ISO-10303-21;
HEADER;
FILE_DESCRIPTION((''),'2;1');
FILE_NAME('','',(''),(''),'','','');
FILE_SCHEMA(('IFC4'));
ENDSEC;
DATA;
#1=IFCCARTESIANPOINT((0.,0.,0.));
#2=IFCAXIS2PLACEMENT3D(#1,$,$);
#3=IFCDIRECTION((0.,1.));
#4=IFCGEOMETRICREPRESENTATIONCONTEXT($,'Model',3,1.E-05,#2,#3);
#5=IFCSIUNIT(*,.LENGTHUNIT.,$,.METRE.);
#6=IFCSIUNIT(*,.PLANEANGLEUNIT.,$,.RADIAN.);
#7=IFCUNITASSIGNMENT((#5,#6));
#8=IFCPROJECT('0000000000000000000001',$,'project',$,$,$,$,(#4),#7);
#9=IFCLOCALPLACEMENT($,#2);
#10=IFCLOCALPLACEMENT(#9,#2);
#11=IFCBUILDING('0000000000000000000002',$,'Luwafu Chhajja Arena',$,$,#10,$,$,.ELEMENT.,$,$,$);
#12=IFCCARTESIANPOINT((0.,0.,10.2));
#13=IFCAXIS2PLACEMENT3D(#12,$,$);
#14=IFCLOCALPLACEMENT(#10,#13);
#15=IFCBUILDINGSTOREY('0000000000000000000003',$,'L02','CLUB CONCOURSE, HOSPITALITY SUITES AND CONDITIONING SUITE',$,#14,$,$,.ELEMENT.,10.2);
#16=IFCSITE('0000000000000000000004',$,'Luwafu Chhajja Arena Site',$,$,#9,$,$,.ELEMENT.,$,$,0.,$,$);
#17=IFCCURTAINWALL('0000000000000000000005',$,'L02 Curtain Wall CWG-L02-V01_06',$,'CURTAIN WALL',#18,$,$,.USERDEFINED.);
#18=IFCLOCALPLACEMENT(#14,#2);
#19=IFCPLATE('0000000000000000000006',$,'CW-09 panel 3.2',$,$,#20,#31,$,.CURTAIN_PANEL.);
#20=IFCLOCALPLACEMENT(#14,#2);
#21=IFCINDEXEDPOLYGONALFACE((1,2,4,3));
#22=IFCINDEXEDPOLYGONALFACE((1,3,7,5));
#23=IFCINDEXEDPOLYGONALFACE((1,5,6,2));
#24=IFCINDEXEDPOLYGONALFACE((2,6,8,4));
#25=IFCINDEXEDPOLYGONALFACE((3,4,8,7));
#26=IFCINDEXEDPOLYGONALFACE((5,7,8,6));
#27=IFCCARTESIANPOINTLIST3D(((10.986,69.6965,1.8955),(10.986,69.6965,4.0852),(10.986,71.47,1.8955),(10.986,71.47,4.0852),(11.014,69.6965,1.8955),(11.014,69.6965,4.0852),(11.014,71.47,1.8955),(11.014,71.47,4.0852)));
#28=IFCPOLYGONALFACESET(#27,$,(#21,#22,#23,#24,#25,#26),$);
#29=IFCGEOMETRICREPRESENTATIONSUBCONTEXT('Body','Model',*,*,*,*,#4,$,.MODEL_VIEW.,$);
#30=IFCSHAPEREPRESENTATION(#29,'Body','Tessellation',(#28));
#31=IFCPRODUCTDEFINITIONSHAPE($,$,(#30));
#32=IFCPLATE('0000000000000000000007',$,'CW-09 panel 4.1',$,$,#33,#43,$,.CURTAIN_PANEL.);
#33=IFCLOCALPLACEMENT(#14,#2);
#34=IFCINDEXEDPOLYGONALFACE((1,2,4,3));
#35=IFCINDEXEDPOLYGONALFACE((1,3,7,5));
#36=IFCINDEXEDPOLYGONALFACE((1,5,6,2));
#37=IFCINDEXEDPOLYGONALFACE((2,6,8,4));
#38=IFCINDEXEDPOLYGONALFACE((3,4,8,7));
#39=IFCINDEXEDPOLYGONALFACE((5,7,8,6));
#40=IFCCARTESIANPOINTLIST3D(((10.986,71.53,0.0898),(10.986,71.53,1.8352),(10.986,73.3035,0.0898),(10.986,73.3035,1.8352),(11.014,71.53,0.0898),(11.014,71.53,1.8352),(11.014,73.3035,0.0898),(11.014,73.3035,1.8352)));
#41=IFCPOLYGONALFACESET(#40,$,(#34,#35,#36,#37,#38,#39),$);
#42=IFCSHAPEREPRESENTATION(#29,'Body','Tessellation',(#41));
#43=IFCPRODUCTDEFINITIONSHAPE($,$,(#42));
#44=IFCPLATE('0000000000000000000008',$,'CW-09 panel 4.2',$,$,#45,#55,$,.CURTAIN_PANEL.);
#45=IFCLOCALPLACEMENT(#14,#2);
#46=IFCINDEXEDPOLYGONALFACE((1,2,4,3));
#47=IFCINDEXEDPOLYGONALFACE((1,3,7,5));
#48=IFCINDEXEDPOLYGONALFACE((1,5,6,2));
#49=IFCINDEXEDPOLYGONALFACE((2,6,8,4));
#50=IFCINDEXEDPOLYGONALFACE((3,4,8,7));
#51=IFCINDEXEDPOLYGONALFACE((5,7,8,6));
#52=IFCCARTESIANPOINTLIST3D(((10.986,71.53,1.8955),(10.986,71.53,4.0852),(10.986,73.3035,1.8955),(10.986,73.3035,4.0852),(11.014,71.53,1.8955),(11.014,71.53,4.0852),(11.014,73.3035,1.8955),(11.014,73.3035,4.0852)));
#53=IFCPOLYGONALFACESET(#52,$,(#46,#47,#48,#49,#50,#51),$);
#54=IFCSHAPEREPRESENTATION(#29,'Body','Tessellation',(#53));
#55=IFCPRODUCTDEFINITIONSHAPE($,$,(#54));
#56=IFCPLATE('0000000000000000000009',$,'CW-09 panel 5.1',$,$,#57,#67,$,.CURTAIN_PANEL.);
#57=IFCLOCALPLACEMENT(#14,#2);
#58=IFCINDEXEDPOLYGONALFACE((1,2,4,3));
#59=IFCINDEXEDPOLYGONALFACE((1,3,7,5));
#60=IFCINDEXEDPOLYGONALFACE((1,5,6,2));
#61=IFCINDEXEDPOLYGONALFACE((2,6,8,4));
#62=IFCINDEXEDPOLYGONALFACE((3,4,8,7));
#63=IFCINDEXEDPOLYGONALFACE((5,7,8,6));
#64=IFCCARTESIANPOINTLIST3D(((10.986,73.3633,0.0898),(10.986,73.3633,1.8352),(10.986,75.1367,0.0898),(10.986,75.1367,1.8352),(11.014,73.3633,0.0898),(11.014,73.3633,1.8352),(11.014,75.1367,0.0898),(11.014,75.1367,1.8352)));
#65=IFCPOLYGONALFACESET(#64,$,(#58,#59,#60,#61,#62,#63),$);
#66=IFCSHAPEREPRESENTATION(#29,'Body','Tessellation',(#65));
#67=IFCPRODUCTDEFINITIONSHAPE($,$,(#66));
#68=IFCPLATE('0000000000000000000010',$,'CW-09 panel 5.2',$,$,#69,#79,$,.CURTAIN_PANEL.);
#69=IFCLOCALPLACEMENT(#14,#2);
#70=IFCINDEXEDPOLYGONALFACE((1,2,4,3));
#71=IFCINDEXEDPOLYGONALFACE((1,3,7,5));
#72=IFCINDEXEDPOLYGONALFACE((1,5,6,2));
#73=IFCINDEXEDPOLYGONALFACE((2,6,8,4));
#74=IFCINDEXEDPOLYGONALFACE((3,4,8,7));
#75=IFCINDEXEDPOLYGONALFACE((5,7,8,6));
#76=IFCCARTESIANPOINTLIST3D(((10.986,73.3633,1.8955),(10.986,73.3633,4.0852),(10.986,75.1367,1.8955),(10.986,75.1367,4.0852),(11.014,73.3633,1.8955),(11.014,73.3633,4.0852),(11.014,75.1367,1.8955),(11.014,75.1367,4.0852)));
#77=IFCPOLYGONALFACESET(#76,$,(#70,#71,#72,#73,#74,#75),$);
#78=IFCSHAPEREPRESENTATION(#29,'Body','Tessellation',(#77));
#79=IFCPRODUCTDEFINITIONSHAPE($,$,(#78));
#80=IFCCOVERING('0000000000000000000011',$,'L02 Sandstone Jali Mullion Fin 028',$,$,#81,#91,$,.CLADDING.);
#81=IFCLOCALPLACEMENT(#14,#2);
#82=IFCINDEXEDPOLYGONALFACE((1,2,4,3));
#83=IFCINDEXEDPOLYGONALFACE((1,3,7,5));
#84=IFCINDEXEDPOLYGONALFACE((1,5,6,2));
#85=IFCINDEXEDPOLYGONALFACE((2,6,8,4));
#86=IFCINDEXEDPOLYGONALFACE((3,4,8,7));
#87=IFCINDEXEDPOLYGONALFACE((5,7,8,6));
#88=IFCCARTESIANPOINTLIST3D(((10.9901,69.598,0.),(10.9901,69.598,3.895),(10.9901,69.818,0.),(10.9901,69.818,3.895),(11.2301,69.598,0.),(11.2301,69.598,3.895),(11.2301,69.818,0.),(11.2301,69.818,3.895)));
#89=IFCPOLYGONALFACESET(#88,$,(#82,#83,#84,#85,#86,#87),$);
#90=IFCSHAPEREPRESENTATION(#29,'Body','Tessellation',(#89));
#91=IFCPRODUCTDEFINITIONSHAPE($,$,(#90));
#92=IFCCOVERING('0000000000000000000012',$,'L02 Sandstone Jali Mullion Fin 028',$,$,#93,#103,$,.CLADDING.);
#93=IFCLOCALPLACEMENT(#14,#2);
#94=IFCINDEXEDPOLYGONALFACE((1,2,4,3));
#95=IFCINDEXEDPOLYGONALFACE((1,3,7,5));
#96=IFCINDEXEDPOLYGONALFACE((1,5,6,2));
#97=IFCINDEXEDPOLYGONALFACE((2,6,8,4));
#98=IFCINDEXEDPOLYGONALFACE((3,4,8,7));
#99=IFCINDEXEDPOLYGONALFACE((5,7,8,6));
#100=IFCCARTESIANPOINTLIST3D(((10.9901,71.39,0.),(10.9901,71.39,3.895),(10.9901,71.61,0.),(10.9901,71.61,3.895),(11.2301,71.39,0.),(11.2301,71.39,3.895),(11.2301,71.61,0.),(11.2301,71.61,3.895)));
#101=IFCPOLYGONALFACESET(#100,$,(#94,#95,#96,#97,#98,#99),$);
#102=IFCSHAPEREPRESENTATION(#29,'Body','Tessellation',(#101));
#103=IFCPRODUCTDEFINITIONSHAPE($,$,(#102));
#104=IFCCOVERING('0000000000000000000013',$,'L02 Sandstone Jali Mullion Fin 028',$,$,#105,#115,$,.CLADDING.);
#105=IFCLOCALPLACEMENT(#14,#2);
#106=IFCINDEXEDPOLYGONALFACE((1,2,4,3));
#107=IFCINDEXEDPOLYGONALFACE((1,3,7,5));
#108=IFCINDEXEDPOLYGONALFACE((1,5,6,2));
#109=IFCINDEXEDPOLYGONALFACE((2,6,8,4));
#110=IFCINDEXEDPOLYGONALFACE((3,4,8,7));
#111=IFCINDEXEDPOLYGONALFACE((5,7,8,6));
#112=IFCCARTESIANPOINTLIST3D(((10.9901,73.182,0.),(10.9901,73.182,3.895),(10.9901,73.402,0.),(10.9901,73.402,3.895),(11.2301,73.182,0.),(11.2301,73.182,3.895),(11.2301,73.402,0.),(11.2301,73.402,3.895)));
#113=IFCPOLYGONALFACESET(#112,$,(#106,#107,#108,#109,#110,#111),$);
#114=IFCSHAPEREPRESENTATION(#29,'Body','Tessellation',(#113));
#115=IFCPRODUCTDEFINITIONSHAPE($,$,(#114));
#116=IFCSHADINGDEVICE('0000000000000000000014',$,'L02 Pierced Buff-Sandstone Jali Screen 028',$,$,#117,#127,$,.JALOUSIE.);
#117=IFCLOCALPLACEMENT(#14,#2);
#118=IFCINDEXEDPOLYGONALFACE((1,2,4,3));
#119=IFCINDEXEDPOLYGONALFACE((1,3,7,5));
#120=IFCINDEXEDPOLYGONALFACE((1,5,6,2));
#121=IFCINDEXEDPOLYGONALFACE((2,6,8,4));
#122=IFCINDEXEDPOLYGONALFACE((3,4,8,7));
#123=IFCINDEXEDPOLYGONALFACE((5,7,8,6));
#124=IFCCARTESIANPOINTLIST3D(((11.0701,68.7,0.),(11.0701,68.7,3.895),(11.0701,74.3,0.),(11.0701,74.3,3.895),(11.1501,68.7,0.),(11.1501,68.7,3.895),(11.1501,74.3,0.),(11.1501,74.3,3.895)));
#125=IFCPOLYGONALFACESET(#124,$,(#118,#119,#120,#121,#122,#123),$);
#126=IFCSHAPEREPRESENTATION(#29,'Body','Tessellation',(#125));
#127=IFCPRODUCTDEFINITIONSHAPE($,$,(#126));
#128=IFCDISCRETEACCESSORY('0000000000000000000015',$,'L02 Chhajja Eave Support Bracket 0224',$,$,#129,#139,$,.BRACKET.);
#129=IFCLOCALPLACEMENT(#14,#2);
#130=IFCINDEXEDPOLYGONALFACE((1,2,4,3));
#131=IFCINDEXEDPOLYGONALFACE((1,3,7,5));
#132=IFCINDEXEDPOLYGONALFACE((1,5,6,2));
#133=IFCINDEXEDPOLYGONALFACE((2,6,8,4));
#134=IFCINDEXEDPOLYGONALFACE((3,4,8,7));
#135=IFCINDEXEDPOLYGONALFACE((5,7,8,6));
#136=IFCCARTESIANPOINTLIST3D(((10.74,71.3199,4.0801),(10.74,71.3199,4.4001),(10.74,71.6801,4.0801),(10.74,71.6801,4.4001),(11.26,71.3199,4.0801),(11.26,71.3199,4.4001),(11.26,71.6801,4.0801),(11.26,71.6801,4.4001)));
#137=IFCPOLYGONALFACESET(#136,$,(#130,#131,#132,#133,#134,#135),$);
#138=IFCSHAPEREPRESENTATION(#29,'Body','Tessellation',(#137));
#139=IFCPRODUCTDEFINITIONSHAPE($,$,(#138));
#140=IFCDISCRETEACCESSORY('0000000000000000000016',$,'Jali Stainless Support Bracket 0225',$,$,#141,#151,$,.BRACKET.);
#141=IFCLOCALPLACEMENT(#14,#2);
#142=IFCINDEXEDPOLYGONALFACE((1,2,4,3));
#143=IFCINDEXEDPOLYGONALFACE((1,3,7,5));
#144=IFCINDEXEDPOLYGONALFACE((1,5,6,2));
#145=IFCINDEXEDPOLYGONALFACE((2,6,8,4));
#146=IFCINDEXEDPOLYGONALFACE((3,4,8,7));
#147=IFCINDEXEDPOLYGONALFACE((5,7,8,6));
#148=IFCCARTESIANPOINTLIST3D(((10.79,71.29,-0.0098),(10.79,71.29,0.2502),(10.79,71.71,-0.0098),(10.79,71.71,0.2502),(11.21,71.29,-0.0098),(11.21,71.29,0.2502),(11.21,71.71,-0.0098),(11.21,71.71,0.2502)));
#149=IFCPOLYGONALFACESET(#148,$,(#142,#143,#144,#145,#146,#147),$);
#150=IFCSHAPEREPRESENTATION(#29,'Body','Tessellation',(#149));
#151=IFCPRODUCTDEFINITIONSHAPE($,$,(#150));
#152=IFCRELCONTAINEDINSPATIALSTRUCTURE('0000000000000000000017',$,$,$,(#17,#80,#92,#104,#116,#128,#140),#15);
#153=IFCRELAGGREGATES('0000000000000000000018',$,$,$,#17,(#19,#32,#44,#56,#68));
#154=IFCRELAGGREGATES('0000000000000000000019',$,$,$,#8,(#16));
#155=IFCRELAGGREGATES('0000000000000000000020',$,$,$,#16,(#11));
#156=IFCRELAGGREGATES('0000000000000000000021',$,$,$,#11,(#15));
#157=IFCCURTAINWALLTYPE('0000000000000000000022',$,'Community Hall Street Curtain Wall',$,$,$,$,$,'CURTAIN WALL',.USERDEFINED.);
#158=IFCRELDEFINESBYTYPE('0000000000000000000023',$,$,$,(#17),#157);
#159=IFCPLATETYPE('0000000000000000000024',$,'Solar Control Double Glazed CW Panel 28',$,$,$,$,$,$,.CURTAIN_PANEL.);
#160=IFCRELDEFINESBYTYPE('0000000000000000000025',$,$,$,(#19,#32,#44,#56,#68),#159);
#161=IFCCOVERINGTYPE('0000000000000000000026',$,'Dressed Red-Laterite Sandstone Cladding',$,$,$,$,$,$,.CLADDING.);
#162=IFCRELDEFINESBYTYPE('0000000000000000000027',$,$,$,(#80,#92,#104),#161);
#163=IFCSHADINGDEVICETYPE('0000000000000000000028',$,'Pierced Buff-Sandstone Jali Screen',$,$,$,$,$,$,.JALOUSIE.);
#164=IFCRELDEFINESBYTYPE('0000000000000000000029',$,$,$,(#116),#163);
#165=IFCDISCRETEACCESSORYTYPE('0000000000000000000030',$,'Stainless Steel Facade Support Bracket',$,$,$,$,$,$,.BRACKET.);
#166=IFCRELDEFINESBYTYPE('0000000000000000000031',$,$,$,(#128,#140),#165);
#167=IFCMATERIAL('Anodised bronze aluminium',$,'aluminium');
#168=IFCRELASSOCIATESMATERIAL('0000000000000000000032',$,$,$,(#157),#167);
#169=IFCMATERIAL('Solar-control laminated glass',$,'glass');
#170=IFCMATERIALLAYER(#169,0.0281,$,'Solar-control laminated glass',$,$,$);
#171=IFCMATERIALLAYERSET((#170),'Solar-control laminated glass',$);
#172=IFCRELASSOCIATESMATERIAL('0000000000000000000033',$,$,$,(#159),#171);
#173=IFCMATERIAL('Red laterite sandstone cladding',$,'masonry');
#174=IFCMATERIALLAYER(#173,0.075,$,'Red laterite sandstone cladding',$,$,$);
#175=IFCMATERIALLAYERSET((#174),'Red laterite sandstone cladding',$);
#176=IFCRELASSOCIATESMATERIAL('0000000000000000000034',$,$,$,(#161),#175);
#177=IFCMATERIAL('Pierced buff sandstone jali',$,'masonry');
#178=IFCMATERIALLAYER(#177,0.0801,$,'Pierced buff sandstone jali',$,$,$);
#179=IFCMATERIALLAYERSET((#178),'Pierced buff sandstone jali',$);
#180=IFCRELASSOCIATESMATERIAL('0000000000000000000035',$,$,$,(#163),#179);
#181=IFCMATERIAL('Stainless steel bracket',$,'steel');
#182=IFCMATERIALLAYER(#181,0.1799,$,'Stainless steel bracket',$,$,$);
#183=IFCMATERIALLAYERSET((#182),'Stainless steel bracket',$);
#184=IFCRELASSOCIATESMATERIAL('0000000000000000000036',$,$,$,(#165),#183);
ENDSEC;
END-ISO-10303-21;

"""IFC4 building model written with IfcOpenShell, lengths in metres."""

from ifc_helpers import new_model, si_unit, direction, frame, origin, origin_2d, place, context, subcontext, project, spatial, rectangle, extrude, material, layer, layer_set, type_object, element, aggregate, save


model = new_model("IFC4")

# Units and contexts
model_context = context("Model", 3, precision=1e-05, world=origin(), true_north=direction((0.0, 1.0)))
body_context = subcontext(model_context, "Body", "Model", "MODEL_VIEW")
ifc_project = project(units=[si_unit("LENGTHUNIT", "METRE"), si_unit("PLANEANGLEUNIT", "RADIAN")], contexts=[model_context])

# Site, building, storey
site_placement = place(None, origin())
site = spatial("IfcSite", under=ifc_project, at=site_placement, Name="Luwafu Chhajja Arena Site", CompositionType="ELEMENT", RefElevation=0.0)
building_placement = place(site_placement, origin())
building = spatial("IfcBuilding", under=site, at=building_placement, Name="Luwafu Chhajja Arena", CompositionType="ELEMENT")
storey_placement = place(building_placement, frame((0.0, 0.0, 10.2)))
storey = spatial("IfcBuildingStorey", under=building, at=storey_placement, Name="L02", Description="CLUB CONCOURSE, HOSPITALITY SUITES AND CONDITIONING SUITE", CompositionType="ELEMENT", Elevation=10.2)

# Curtain wall, plates
ifc_material_1 = material(Name="Anodised bronze aluminium", Category="aluminium")
curtain_wall_type = type_object("IfcCurtainWallType", Name="Community Hall Street Curtain Wall", ElementType="CURTAIN WALL", PredefinedType="USERDEFINED", material=ifc_material_1)
curtain_wall_placement = place(storey_placement, origin())
curtain_wall = element("IfcCurtainWall", 1, at=curtain_wall_placement, inside=storey, type_object=curtain_wall_type, Name="L02 Curtain Wall CWG-L02-V01_06", ObjectType="CURTAIN WALL", PredefinedType="USERDEFINED")
ifc_material_2 = material(Name="Solar-control laminated glass", Category="glass")
ifc_layer_1 = layer(ifc_material_2, 0.0281, Name="Solar-control laminated glass")
ifc_layer_set_1 = layer_set([ifc_layer_1], Name="Solar-control laminated glass")
plate_type = type_object("IfcPlateType", Name="Solar Control Double Glazed CW Panel 28", PredefinedType="CURTAIN_PANEL", material=ifc_layer_set_1)
plate_1_placement = place(storey_placement, frame((11.0, 70.5833, 1.8955), z_axis=(0.0, 0.0, 1.0), x_axis=(0.0, 1.0, 0.0)))
plate_1 = element("IfcPlate", 2, at=plate_1_placement, type_object=plate_type, Name="CW-09 panel 3.2", PredefinedType="CURTAIN_PANEL", context=body_context, shape_type="SweptSolid", body=[
    extrude(rectangle(XDim=1.7734, YDim=0.0281, at=origin_2d()), origin(), (0.0, 0.0, 1.0), 2.1897),
])
plate_2_placement = place(storey_placement, frame((11.0, 72.4167, 0.0898), z_axis=(0.0, 0.0, 1.0), x_axis=(0.0, 1.0, 0.0)))
plate_2 = element("IfcPlate", 3, at=plate_2_placement, type_object=plate_type, Name="CW-09 panel 4.1", PredefinedType="CURTAIN_PANEL", context=body_context, shape_type="SweptSolid", body=[
    extrude(rectangle(XDim=1.7734, YDim=0.0281, at=origin_2d()), origin(), (0.0, 0.0, 1.0), 1.7454),
])
plate_3_placement = place(storey_placement, frame((11.0, 72.4167, 1.8955), z_axis=(0.0, 0.0, 1.0), x_axis=(0.0, 1.0, 0.0)))
plate_3 = element("IfcPlate", 4, at=plate_3_placement, type_object=plate_type, Name="CW-09 panel 4.2", PredefinedType="CURTAIN_PANEL", context=body_context, shape_type="SweptSolid", body=[
    extrude(rectangle(XDim=1.7734, YDim=0.0281, at=origin_2d()), origin(), (0.0, 0.0, 1.0), 2.1897),
])
plate_4_placement = place(storey_placement, frame((11.0, 74.25, 0.0898), z_axis=(0.0, 0.0, 1.0), x_axis=(0.0, 1.0, 0.0)))
plate_4 = element("IfcPlate", 5, at=plate_4_placement, type_object=plate_type, Name="CW-09 panel 5.1", PredefinedType="CURTAIN_PANEL", context=body_context, shape_type="SweptSolid", body=[
    extrude(rectangle(XDim=1.7734, YDim=0.0281, at=origin_2d()), origin(), (0.0, 0.0, 1.0), 1.7454),
])
plate_5_placement = place(storey_placement, frame((11.0, 74.25, 1.8955), z_axis=(0.0, 0.0, 1.0), x_axis=(0.0, 1.0, 0.0)))
plate_5 = element("IfcPlate", 6, at=plate_5_placement, type_object=plate_type, Name="CW-09 panel 5.2", PredefinedType="CURTAIN_PANEL", context=body_context, shape_type="SweptSolid", body=[
    extrude(rectangle(XDim=1.7734, YDim=0.0281, at=origin_2d()), origin(), (0.0, 0.0, 1.0), 2.1897),
])
aggregate(curtain_wall, [plate_1, plate_2, plate_3, plate_4, plate_5])

# Coverings
ifc_material_3 = material(Name="Red laterite sandstone cladding", Category="masonry")
ifc_layer_2 = layer(ifc_material_3, 0.075, Name="Red laterite sandstone cladding")
ifc_layer_set_2 = layer_set([ifc_layer_2], Name="Red laterite sandstone cladding")
covering_type = type_object("IfcCoveringType", Name="Dressed Red-Laterite Sandstone Cladding", PredefinedType="CLADDING", material=ifc_layer_set_2)
for number, where, z_axis, x_axis, name in (
    (7, (11.1101, 69.708, 0.0), (0.0, 0.0, 1.0), (0.0, 1.0, 0.0), "L02 Sandstone Jali Mullion Fin 028"),
    (8, (11.1101, 71.5, 0.0), (0.0, 0.0, 1.0), (0.0, 1.0, 0.0), "L02 Sandstone Jali Mullion Fin 028"),
    (9, (11.1101, 73.292, 0.0), (0.0, 0.0, 1.0), (0.0, 1.0, 0.0), "L02 Sandstone Jali Mullion Fin 028"),
):
    element("IfcCovering", number, at=place(storey_placement, frame(where, z_axis=z_axis, x_axis=x_axis)), inside=storey, type_object=covering_type, Name=name, PredefinedType="CLADDING", context=body_context, shape_type="SweptSolid", body=[
        extrude(rectangle(XDim=0.22, YDim=0.24, at=origin_2d()), origin(), (0.0, 0.0, 1.0), 3.895),
    ])

# Shading device
ifc_material_4 = material(Name="Pierced buff sandstone jali", Category="masonry")
ifc_layer_3 = layer(ifc_material_4, 0.0801, Name="Pierced buff sandstone jali")
ifc_layer_set_3 = layer_set([ifc_layer_3], Name="Pierced buff sandstone jali")
shading_device_type = type_object("IfcShadingDeviceType", Name="Pierced Buff-Sandstone Jali Screen", PredefinedType="JALOUSIE", material=ifc_layer_set_3)
shading_device_placement = place(storey_placement, frame((11.1101, 71.5, 0.0), z_axis=(0.0, 0.0, 1.0), x_axis=(0.0, 1.0, 0.0)))
element("IfcShadingDevice", 10, at=shading_device_placement, inside=storey, type_object=shading_device_type, Name="L02 Pierced Buff-Sandstone Jali Screen 028", PredefinedType="JALOUSIE", context=body_context, shape_type="SweptSolid", body=[
    extrude(rectangle(XDim=5.6001, YDim=0.0801, at=origin_2d()), origin(), (0.0, 0.0, 1.0), 3.895),
])

# Discrete accessories
ifc_material_5 = material(Name="Stainless steel bracket", Category="steel")
ifc_layer_4 = layer(ifc_material_5, 0.1799, Name="Stainless steel bracket")
ifc_layer_set_4 = layer_set([ifc_layer_4], Name="Stainless steel bracket")
discrete_accessory_type = type_object("IfcDiscreteAccessoryType", Name="Stainless Steel Facade Support Bracket", PredefinedType="BRACKET", material=ifc_layer_set_4)
discrete_accessory_1_placement = place(storey_placement, frame((11.0, 71.5, 4.0801), z_axis=(0.0, 0.0, 1.0), x_axis=(0.0, 1.0, 0.0)))
element("IfcDiscreteAccessory", 11, at=discrete_accessory_1_placement, inside=storey, type_object=discrete_accessory_type, Name="L02 Chhajja Eave Support Bracket 0224", PredefinedType="BRACKET", context=body_context, shape_type="SweptSolid", body=[
    extrude(rectangle(XDim=0.3601, YDim=0.52, at=origin_2d()), origin(), (0.0, 0.0, 1.0), 0.3201),
])
discrete_accessory_2_placement = place(storey_placement, frame((11.0, 71.5, -0.0098), z_axis=(0.0, 0.0, 1.0), x_axis=(0.0, 1.0, 0.0)))
element("IfcDiscreteAccessory", 12, at=discrete_accessory_2_placement, inside=storey, type_object=discrete_accessory_type, Name="Jali Stainless Support Bracket 0225", PredefinedType="BRACKET", context=body_context, shape_type="SweptSolid", body=[
    extrude(rectangle(XDim=0.4199, YDim=0.4199, at=origin_2d()), origin(), (0.0, 0.0, 1.0), 0.26),
])

save(model, "model.ifc")
